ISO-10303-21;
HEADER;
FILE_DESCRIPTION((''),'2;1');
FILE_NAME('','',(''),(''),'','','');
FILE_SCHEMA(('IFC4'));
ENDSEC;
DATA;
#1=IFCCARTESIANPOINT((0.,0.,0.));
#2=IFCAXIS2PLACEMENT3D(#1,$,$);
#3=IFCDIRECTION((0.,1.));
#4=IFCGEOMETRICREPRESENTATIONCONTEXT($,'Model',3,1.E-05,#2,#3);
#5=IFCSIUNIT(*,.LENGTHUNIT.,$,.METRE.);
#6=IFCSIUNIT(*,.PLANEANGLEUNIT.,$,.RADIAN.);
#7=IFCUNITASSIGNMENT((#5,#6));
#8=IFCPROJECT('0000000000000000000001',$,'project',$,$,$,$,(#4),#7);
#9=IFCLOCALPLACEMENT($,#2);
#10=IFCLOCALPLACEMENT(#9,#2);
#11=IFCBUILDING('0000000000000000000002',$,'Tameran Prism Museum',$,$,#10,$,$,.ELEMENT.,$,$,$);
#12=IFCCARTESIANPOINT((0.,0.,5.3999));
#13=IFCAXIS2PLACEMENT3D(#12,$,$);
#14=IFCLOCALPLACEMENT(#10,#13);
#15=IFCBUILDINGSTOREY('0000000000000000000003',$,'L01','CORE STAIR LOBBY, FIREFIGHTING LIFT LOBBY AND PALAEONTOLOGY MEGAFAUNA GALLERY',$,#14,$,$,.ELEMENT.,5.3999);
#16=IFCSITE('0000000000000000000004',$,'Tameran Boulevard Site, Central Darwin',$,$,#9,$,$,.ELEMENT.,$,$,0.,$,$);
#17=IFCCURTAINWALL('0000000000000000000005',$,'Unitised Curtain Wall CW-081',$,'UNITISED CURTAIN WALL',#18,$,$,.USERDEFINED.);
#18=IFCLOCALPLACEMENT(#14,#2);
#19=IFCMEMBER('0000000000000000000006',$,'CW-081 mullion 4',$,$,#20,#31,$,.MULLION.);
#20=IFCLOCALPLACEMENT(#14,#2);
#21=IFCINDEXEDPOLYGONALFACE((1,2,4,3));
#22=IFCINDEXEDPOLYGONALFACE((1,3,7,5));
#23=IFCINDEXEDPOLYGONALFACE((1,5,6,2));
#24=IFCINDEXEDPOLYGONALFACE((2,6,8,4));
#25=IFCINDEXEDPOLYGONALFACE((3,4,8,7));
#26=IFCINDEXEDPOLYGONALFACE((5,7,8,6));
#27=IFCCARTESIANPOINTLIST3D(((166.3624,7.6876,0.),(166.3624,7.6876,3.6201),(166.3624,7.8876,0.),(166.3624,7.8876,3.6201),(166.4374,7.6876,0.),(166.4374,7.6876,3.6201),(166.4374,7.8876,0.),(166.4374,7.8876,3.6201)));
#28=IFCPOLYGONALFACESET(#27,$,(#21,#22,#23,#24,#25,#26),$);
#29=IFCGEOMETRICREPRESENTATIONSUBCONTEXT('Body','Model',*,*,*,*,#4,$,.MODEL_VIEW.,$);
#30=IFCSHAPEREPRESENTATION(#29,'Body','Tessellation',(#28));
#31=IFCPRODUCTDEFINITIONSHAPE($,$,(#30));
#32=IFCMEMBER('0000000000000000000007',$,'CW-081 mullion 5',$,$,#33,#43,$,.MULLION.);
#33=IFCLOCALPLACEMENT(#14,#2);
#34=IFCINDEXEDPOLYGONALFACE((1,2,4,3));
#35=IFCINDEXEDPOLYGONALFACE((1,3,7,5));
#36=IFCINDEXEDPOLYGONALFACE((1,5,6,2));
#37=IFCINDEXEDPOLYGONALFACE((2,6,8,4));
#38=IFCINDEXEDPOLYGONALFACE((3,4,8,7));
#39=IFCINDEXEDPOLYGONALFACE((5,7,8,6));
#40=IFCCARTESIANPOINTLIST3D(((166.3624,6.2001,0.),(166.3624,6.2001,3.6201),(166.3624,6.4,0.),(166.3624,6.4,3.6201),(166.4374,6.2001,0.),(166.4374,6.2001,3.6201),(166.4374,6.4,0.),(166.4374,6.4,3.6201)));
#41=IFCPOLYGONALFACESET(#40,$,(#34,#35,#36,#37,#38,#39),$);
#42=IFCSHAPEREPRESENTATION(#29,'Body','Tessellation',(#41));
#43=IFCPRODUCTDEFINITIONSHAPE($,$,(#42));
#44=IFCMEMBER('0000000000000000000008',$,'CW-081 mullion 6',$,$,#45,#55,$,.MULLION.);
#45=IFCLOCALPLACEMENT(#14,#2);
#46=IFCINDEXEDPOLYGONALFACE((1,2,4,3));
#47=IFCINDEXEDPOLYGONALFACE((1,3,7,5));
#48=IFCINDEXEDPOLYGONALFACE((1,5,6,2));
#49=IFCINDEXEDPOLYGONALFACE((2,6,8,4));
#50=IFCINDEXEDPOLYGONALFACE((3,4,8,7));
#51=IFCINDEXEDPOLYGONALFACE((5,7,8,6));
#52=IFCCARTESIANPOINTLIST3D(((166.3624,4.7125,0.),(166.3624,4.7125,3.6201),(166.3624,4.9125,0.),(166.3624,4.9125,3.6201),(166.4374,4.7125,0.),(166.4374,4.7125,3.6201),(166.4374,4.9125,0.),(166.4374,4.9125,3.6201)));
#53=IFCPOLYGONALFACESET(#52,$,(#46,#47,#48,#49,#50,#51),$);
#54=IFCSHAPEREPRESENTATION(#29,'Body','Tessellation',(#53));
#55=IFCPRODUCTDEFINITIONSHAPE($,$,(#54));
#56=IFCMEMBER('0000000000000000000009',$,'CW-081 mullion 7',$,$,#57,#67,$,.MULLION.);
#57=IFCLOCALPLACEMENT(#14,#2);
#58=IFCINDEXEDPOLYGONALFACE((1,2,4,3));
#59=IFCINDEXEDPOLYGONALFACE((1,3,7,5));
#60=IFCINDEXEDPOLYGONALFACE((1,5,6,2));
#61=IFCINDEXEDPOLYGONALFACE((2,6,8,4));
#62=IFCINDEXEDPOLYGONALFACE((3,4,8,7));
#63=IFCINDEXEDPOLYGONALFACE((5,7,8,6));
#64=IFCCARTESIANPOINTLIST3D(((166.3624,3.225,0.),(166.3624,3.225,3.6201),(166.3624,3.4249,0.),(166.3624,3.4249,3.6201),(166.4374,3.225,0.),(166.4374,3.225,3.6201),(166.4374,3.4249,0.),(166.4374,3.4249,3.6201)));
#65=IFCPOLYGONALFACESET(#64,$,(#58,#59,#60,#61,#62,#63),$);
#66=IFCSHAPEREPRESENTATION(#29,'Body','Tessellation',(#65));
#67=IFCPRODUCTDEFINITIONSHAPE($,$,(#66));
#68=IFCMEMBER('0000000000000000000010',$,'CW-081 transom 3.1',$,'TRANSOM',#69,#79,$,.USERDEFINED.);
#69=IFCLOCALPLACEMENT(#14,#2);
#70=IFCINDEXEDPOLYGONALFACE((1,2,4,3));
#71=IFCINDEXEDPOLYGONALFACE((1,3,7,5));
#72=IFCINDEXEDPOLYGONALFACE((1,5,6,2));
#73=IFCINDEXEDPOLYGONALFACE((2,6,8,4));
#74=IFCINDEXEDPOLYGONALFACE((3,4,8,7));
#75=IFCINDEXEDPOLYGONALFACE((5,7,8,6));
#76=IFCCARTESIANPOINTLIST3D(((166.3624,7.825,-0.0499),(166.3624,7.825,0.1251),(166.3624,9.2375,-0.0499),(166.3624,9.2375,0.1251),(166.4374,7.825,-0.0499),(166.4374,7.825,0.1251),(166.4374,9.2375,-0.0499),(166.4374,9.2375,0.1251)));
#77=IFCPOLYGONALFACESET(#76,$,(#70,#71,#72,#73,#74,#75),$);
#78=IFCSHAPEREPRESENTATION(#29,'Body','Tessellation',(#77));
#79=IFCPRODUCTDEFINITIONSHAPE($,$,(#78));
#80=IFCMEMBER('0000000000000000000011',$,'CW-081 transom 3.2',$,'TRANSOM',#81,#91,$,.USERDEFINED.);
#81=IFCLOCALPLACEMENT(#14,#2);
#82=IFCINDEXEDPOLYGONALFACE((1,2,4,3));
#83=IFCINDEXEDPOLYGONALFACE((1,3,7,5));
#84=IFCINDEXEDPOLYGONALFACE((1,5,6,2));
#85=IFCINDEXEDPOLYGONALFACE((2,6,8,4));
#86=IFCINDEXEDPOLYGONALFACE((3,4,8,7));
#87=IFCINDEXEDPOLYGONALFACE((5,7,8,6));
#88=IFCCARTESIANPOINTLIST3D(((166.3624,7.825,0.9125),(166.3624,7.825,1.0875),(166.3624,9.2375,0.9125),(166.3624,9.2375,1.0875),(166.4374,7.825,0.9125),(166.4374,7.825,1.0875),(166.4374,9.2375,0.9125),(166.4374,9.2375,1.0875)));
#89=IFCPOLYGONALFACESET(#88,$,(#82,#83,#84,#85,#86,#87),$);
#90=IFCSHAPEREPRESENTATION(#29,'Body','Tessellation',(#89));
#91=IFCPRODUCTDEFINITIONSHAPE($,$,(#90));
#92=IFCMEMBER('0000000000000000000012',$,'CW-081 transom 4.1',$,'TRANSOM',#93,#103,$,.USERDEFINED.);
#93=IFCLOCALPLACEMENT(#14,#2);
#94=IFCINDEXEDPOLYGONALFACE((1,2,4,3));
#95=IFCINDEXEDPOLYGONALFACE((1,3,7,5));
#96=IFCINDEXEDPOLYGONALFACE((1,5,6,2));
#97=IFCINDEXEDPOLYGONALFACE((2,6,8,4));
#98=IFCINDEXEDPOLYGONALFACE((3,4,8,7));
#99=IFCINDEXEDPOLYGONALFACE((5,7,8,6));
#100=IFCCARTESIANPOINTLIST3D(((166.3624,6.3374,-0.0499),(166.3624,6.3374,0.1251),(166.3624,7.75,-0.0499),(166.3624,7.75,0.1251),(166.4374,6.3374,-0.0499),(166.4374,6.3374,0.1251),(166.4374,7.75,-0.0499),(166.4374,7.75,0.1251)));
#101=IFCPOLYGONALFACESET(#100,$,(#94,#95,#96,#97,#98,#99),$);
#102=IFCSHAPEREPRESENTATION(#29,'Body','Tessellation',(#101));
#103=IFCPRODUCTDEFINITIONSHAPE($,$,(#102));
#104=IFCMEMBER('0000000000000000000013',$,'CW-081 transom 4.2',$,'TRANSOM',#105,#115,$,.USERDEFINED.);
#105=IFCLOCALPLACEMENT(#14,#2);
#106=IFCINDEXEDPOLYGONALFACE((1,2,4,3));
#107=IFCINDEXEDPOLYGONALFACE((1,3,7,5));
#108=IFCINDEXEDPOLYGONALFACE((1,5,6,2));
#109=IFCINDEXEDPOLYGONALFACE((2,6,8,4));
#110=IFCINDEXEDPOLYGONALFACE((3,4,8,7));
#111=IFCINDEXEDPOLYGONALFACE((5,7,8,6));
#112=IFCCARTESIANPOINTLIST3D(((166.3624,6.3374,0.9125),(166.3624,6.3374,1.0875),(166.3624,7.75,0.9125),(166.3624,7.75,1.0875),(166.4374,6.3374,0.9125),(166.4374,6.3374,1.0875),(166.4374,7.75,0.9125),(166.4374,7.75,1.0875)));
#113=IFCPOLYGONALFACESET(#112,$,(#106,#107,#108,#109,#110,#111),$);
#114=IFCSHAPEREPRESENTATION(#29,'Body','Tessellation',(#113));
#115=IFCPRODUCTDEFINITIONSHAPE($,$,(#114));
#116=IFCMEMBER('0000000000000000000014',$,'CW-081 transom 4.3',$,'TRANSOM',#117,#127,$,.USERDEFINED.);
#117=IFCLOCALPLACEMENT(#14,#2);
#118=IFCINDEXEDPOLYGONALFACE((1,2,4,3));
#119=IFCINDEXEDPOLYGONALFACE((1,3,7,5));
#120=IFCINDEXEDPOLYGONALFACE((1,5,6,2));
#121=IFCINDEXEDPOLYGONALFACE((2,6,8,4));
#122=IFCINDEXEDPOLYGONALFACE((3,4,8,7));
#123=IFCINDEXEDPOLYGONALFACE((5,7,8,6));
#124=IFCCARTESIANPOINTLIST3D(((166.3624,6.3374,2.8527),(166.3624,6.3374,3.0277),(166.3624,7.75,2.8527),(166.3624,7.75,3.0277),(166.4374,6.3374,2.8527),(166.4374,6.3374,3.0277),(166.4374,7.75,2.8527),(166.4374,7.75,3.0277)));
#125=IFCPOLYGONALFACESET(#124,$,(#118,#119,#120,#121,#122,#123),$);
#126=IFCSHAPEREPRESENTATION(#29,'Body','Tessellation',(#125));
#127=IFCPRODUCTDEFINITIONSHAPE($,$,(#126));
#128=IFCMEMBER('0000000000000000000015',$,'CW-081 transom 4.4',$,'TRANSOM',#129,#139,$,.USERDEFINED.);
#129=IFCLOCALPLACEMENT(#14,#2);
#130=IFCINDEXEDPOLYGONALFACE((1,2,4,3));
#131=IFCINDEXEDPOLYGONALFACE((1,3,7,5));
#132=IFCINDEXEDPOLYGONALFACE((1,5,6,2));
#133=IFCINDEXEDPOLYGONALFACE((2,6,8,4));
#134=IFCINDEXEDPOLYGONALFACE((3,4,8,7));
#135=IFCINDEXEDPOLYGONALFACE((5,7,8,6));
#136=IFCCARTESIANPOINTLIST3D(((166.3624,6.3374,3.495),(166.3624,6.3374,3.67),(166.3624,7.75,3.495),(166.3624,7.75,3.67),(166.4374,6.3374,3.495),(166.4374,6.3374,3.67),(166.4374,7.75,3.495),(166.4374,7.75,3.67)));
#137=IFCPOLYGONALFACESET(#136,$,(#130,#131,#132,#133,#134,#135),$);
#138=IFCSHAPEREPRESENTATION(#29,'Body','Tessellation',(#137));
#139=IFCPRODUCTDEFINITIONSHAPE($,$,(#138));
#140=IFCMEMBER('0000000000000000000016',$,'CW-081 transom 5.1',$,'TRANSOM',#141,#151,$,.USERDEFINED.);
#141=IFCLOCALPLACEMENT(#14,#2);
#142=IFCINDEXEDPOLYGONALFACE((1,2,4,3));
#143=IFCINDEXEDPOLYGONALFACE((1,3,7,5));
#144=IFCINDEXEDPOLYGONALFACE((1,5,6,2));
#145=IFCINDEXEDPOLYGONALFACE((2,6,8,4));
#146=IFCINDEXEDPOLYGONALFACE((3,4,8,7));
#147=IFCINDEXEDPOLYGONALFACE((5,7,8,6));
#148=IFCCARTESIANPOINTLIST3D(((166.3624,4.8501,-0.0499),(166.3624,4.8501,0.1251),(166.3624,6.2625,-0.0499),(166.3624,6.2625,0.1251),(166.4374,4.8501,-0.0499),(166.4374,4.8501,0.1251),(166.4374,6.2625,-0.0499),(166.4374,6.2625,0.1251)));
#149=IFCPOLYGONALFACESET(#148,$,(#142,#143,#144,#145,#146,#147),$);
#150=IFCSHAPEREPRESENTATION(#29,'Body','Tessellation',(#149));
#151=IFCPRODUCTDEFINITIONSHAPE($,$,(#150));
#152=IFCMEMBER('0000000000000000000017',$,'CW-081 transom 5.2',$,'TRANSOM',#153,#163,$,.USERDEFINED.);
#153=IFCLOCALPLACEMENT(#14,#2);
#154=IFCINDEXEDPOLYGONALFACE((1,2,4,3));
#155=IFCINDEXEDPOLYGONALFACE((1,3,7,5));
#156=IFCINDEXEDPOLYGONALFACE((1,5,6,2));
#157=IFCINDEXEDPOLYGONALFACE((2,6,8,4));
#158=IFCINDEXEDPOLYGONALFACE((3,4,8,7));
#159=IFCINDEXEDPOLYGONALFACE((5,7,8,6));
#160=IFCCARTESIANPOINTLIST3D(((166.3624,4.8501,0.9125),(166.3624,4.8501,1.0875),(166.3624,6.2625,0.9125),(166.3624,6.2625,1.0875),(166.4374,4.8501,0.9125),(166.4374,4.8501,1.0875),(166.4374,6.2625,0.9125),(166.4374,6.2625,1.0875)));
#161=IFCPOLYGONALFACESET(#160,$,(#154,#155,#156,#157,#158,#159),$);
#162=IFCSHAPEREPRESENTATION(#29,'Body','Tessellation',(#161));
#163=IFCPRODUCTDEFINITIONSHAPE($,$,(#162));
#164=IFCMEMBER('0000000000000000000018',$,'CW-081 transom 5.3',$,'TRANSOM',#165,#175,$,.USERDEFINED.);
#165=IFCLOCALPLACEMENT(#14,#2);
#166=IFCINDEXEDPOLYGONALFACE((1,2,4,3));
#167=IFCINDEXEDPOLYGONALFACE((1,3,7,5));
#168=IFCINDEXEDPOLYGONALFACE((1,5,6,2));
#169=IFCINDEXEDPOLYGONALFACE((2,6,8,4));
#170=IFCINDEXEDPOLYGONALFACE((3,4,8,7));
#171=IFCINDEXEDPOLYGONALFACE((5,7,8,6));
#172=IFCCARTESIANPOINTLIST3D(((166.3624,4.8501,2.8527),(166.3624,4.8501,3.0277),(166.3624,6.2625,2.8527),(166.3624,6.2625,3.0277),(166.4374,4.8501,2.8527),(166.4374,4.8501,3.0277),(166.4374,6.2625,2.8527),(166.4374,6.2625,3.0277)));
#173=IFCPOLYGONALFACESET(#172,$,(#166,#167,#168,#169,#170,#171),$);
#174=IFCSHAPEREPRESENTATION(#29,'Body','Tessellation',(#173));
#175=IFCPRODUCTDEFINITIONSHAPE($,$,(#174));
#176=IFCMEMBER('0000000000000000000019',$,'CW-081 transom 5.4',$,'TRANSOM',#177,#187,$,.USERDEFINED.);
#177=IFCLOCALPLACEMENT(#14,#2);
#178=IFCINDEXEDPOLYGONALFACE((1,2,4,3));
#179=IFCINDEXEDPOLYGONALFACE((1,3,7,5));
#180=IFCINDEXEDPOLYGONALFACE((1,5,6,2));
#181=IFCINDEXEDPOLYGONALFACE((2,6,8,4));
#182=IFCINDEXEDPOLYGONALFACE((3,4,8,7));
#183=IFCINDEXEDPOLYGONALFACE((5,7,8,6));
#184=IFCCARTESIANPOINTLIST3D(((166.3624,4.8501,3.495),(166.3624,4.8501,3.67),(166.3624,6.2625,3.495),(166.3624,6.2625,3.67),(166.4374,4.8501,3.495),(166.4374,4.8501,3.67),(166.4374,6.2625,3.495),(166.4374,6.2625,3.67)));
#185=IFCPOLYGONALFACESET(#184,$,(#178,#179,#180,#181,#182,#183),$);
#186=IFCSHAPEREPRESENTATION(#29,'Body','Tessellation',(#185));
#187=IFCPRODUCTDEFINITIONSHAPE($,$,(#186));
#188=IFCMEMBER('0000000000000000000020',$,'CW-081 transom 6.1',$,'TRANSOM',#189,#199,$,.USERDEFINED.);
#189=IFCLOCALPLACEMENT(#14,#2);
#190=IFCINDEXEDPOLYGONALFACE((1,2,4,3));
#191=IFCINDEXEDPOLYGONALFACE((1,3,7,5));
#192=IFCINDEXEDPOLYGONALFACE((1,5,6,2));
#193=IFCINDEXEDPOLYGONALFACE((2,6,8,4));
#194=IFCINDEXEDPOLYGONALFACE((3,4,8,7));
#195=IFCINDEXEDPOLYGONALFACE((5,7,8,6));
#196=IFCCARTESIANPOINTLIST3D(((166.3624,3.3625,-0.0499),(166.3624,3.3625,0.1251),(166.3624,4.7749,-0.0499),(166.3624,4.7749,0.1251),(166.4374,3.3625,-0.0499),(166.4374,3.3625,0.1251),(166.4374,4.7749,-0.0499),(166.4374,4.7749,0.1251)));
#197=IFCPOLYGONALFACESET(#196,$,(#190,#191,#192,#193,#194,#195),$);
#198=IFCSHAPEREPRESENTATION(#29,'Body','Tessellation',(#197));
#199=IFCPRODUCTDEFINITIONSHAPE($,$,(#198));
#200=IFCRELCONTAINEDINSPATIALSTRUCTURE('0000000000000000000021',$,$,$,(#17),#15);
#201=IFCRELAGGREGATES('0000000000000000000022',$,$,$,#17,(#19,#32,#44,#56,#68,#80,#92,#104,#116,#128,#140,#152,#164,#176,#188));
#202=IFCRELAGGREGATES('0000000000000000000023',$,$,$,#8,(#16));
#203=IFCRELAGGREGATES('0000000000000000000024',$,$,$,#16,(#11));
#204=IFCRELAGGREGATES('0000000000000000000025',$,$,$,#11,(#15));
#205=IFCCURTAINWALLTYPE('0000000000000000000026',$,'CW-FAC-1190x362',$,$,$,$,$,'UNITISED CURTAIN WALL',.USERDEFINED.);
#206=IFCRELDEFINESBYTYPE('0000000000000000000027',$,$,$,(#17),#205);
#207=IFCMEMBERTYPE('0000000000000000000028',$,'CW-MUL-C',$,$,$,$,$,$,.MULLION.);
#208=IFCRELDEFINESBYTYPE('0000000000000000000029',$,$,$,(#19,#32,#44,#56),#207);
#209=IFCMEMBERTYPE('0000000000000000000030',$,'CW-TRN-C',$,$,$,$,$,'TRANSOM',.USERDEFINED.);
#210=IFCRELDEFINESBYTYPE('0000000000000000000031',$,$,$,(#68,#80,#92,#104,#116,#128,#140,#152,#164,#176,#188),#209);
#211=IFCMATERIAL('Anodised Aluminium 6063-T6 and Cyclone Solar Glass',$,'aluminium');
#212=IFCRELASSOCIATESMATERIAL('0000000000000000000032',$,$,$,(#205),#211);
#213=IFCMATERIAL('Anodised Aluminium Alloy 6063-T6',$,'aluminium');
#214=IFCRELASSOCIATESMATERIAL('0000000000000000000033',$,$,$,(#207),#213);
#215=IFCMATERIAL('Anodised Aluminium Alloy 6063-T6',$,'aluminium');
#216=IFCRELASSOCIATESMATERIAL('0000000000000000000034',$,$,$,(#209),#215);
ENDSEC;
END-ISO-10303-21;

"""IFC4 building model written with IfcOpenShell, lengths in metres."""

from ifc_helpers import new_model, si_unit, direction, frame, origin, origin_2d, place, context, subcontext, project, spatial, rectangle, extrude, material, material_profile, profile_set, type_object, element, aggregate, save


model = new_model("IFC4")

# Units and contexts
model_context = context("Model", 3, precision=1e-05, world=origin(), true_north=direction((0.0, 1.0)))
body_context = subcontext(model_context, "Body", "Model", "MODEL_VIEW")
ifc_project = project(units=[si_unit("LENGTHUNIT", "METRE"), si_unit("PLANEANGLEUNIT", "RADIAN")], contexts=[model_context])

# Site, building, storey
site_placement = place(None, origin())
site = spatial("IfcSite", under=ifc_project, at=site_placement, Name="Tameran Boulevard Site, Central Darwin", CompositionType="ELEMENT", RefElevation=0.0)
building_placement = place(site_placement, origin())
building = spatial("IfcBuilding", under=site, at=building_placement, Name="Tameran Prism Museum", CompositionType="ELEMENT")
storey_placement = place(building_placement, frame((0.0, 0.0, 5.3999)))
storey = spatial("IfcBuildingStorey", under=building, at=storey_placement, Name="L01", Description="CORE STAIR LOBBY, FIREFIGHTING LIFT LOBBY AND PALAEONTOLOGY MEGAFAUNA GALLERY", CompositionType="ELEMENT", Elevation=5.3999)

# Curtain wall, members
ifc_material_1 = material(Name="Anodised Aluminium 6063-T6 and Cyclone Solar Glass", Category="aluminium")
curtain_wall_type = type_object("IfcCurtainWallType", Name="CW-FAC-1190x362", ElementType="UNITISED CURTAIN WALL", PredefinedType="USERDEFINED", material=ifc_material_1)
curtain_wall_placement = place(storey_placement, origin())
curtain_wall = element("IfcCurtainWall", 1, at=curtain_wall_placement, inside=storey, type_object=curtain_wall_type, Name="Unitised Curtain Wall CW-081", ObjectType="UNITISED CURTAIN WALL", PredefinedType="USERDEFINED")
ifc_material_2 = material(Name="Anodised Aluminium Alloy 6063-T6", Category="aluminium")
ifc_material_profile_1 = material_profile(ifc_material_2, rectangle(XDim=0.075, YDim=0.2, at=origin_2d()))
ifc_profile_set_1 = profile_set([ifc_material_profile_1])
member_type_1 = type_object("IfcMemberType", Name="CW-MUL-C", PredefinedType="MULLION", material=ifc_profile_set_1)
member_1_placement = place(storey_placement, frame((166.3999, 7.7876, 0.0), z_axis=(0.0, 0.0, 1.0), x_axis=(1.0, 0.0, 0.0)))
member_1 = element("IfcMember", 2, at=member_1_placement, type_object=member_type_1, Name="CW-081 mullion 4", PredefinedType="MULLION", context=body_context, shape_type="SweptSolid", body=[
    extrude(rectangle(XDim=0.075, YDim=0.2, at=origin_2d()), origin(), (0.0, 0.0, 1.0), 3.6201),
])
member_2_placement = place(storey_placement, frame((166.3999, 6.3, 0.0), z_axis=(0.0, 0.0, 1.0), x_axis=(1.0, 0.0, 0.0)))
member_2 = element("IfcMember", 3, at=member_2_placement, type_object=member_type_1, Name="CW-081 mullion 5", PredefinedType="MULLION", context=body_context, shape_type="SweptSolid", body=[
    extrude(rectangle(XDim=0.075, YDim=0.2, at=origin_2d()), origin(), (0.0, 0.0, 1.0), 3.6201),
])
member_3_placement = place(storey_placement, frame((166.3999, 4.8125, 0.0), z_axis=(0.0, 0.0, 1.0), x_axis=(1.0, 0.0, 0.0)))
member_3 = element("IfcMember", 4, at=member_3_placement, type_object=member_type_1, Name="CW-081 mullion 6", PredefinedType="MULLION", context=body_context, shape_type="SweptSolid", body=[
    extrude(rectangle(XDim=0.075, YDim=0.2, at=origin_2d()), origin(), (0.0, 0.0, 1.0), 3.6201),
])
member_4_placement = place(storey_placement, frame((166.3999, 3.325, 0.0), z_axis=(0.0, 0.0, 1.0), x_axis=(1.0, 0.0, 0.0)))
member_4 = element("IfcMember", 5, at=member_4_placement, type_object=member_type_1, Name="CW-081 mullion 7", PredefinedType="MULLION", context=body_context, shape_type="SweptSolid", body=[
    extrude(rectangle(XDim=0.075, YDim=0.2, at=origin_2d()), origin(), (0.0, 0.0, 1.0), 3.6201),
])
ifc_material_3 = material(Name="Anodised Aluminium Alloy 6063-T6", Category="aluminium")
ifc_material_profile_2 = material_profile(ifc_material_3, rectangle(XDim=0.075, YDim=0.175, at=origin_2d()))
ifc_profile_set_2 = profile_set([ifc_material_profile_2])
member_type_2 = type_object("IfcMemberType", Name="CW-TRN-C", ElementType="TRANSOM", PredefinedType="USERDEFINED", material=ifc_profile_set_2)
member_5_placement = place(storey_placement, frame((166.3999, 9.2375, 0.0376), z_axis=(0.0, -1.0, 0.0), x_axis=(1.0, 0.0, 0.0)))
member_5 = element("IfcMember", 6, at=member_5_placement, type_object=member_type_2, Name="CW-081 transom 3.1", ObjectType="TRANSOM", PredefinedType="USERDEFINED", context=body_context, shape_type="SweptSolid", body=[
    extrude(rectangle(XDim=0.075, YDim=0.175, at=origin_2d()), origin(), (0.0, 0.0, 1.0), 1.4126),
])
member_6_placement = place(storey_placement, frame((166.3999, 9.2375, 1.0), z_axis=(0.0, -1.0, 0.0), x_axis=(1.0, 0.0, 0.0)))
member_6 = element("IfcMember", 7, at=member_6_placement, type_object=member_type_2, Name="CW-081 transom 3.2", ObjectType="TRANSOM", PredefinedType="USERDEFINED", context=body_context, shape_type="SweptSolid", body=[
    extrude(rectangle(XDim=0.075, YDim=0.175, at=origin_2d()), origin(), (0.0, 0.0, 1.0), 1.4126),
])
member_7_placement = place(storey_placement, frame((166.3999, 7.75, 0.0376), z_axis=(0.0, -1.0, 0.0), x_axis=(1.0, 0.0, 0.0)))
member_7 = element("IfcMember", 8, at=member_7_placement, type_object=member_type_2, Name="CW-081 transom 4.1", ObjectType="TRANSOM", PredefinedType="USERDEFINED", context=body_context, shape_type="SweptSolid", body=[
    extrude(rectangle(XDim=0.075, YDim=0.175, at=origin_2d()), origin(), (0.0, 0.0, 1.0), 1.4126),
])
member_8_placement = place(storey_placement, frame((166.3999, 7.75, 1.0), z_axis=(0.0, -1.0, 0.0), x_axis=(1.0, 0.0, 0.0)))
member_8 = element("IfcMember", 9, at=member_8_placement, type_object=member_type_2, Name="CW-081 transom 4.2", ObjectType="TRANSOM", PredefinedType="USERDEFINED", context=body_context, shape_type="SweptSolid", body=[
    extrude(rectangle(XDim=0.075, YDim=0.175, at=origin_2d()), origin(), (0.0, 0.0, 1.0), 1.4126),
])
member_9_placement = place(storey_placement, frame((166.3999, 7.75, 2.9402), z_axis=(0.0, -1.0, 0.0), x_axis=(1.0, 0.0, 0.0)))
member_9 = element("IfcMember", 10, at=member_9_placement, type_object=member_type_2, Name="CW-081 transom 4.3", ObjectType="TRANSOM", PredefinedType="USERDEFINED", context=body_context, shape_type="SweptSolid", body=[
    extrude(rectangle(XDim=0.075, YDim=0.175, at=origin_2d()), origin(), (0.0, 0.0, 1.0), 1.4126),
])
member_10_placement = place(storey_placement, frame((166.3999, 7.75, 3.5825), z_axis=(0.0, -1.0, 0.0), x_axis=(1.0, 0.0, 0.0)))
member_10 = element("IfcMember", 11, at=member_10_placement, type_object=member_type_2, Name="CW-081 transom 4.4", ObjectType="TRANSOM", PredefinedType="USERDEFINED", context=body_context, shape_type="SweptSolid", body=[
    extrude(rectangle(XDim=0.075, YDim=0.175, at=origin_2d()), origin(), (0.0, 0.0, 1.0), 1.4126),
])
member_11_placement = place(storey_placement, frame((166.3999, 6.2625, 0.0376), z_axis=(0.0, -1.0, 0.0), x_axis=(1.0, 0.0, 0.0)))
member_11 = element("IfcMember", 12, at=member_11_placement, type_object=member_type_2, Name="CW-081 transom 5.1", ObjectType="TRANSOM", PredefinedType="USERDEFINED", context=body_context, shape_type="SweptSolid", body=[
    extrude(rectangle(XDim=0.075, YDim=0.175, at=origin_2d()), origin(), (0.0, 0.0, 1.0), 1.4124),
])
member_12_placement = place(storey_placement, frame((166.3999, 6.2625, 1.0), z_axis=(0.0, -1.0, 0.0), x_axis=(1.0, 0.0, 0.0)))
member_12 = element("IfcMember", 13, at=member_12_placement, type_object=member_type_2, Name="CW-081 transom 5.2", ObjectType="TRANSOM", PredefinedType="USERDEFINED", context=body_context, shape_type="SweptSolid", body=[
    extrude(rectangle(XDim=0.075, YDim=0.175, at=origin_2d()), origin(), (0.0, 0.0, 1.0), 1.4124),
])
member_13_placement = place(storey_placement, frame((166.3999, 6.2625, 2.9402), z_axis=(0.0, -1.0, 0.0), x_axis=(1.0, 0.0, 0.0)))
member_13 = element("IfcMember", 14, at=member_13_placement, type_object=member_type_2, Name="CW-081 transom 5.3", ObjectType="TRANSOM", PredefinedType="USERDEFINED", context=body_context, shape_type="SweptSolid", body=[
    extrude(rectangle(XDim=0.075, YDim=0.175, at=origin_2d()), origin(), (0.0, 0.0, 1.0), 1.4124),
])
member_14_placement = place(storey_placement, frame((166.3999, 6.2625, 3.5825), z_axis=(0.0, -1.0, 0.0), x_axis=(1.0, 0.0, 0.0)))
member_14 = element("IfcMember", 15, at=member_14_placement, type_object=member_type_2, Name="CW-081 transom 5.4", ObjectType="TRANSOM", PredefinedType="USERDEFINED", context=body_context, shape_type="SweptSolid", body=[
    extrude(rectangle(XDim=0.075, YDim=0.175, at=origin_2d()), origin(), (0.0, 0.0, 1.0), 1.4124),
])
member_15_placement = place(storey_placement, frame((166.3999, 4.7749, 0.0376), z_axis=(0.0, -1.0, 0.0), x_axis=(1.0, 0.0, 0.0)))
member_15 = element("IfcMember", 16, at=member_15_placement, type_object=member_type_2, Name="CW-081 transom 6.1", ObjectType="TRANSOM", PredefinedType="USERDEFINED", context=body_context, shape_type="SweptSolid", body=[
    extrude(rectangle(XDim=0.075, YDim=0.175, at=origin_2d()), origin(), (0.0, 0.0, 1.0), 1.4124),
])
aggregate(curtain_wall, [member_1, member_2, member_3, member_4, member_5, member_6, member_7, member_8, member_9, member_10, member_11, member_12, member_13, member_14, member_15])

save(model, "model.ifc")
